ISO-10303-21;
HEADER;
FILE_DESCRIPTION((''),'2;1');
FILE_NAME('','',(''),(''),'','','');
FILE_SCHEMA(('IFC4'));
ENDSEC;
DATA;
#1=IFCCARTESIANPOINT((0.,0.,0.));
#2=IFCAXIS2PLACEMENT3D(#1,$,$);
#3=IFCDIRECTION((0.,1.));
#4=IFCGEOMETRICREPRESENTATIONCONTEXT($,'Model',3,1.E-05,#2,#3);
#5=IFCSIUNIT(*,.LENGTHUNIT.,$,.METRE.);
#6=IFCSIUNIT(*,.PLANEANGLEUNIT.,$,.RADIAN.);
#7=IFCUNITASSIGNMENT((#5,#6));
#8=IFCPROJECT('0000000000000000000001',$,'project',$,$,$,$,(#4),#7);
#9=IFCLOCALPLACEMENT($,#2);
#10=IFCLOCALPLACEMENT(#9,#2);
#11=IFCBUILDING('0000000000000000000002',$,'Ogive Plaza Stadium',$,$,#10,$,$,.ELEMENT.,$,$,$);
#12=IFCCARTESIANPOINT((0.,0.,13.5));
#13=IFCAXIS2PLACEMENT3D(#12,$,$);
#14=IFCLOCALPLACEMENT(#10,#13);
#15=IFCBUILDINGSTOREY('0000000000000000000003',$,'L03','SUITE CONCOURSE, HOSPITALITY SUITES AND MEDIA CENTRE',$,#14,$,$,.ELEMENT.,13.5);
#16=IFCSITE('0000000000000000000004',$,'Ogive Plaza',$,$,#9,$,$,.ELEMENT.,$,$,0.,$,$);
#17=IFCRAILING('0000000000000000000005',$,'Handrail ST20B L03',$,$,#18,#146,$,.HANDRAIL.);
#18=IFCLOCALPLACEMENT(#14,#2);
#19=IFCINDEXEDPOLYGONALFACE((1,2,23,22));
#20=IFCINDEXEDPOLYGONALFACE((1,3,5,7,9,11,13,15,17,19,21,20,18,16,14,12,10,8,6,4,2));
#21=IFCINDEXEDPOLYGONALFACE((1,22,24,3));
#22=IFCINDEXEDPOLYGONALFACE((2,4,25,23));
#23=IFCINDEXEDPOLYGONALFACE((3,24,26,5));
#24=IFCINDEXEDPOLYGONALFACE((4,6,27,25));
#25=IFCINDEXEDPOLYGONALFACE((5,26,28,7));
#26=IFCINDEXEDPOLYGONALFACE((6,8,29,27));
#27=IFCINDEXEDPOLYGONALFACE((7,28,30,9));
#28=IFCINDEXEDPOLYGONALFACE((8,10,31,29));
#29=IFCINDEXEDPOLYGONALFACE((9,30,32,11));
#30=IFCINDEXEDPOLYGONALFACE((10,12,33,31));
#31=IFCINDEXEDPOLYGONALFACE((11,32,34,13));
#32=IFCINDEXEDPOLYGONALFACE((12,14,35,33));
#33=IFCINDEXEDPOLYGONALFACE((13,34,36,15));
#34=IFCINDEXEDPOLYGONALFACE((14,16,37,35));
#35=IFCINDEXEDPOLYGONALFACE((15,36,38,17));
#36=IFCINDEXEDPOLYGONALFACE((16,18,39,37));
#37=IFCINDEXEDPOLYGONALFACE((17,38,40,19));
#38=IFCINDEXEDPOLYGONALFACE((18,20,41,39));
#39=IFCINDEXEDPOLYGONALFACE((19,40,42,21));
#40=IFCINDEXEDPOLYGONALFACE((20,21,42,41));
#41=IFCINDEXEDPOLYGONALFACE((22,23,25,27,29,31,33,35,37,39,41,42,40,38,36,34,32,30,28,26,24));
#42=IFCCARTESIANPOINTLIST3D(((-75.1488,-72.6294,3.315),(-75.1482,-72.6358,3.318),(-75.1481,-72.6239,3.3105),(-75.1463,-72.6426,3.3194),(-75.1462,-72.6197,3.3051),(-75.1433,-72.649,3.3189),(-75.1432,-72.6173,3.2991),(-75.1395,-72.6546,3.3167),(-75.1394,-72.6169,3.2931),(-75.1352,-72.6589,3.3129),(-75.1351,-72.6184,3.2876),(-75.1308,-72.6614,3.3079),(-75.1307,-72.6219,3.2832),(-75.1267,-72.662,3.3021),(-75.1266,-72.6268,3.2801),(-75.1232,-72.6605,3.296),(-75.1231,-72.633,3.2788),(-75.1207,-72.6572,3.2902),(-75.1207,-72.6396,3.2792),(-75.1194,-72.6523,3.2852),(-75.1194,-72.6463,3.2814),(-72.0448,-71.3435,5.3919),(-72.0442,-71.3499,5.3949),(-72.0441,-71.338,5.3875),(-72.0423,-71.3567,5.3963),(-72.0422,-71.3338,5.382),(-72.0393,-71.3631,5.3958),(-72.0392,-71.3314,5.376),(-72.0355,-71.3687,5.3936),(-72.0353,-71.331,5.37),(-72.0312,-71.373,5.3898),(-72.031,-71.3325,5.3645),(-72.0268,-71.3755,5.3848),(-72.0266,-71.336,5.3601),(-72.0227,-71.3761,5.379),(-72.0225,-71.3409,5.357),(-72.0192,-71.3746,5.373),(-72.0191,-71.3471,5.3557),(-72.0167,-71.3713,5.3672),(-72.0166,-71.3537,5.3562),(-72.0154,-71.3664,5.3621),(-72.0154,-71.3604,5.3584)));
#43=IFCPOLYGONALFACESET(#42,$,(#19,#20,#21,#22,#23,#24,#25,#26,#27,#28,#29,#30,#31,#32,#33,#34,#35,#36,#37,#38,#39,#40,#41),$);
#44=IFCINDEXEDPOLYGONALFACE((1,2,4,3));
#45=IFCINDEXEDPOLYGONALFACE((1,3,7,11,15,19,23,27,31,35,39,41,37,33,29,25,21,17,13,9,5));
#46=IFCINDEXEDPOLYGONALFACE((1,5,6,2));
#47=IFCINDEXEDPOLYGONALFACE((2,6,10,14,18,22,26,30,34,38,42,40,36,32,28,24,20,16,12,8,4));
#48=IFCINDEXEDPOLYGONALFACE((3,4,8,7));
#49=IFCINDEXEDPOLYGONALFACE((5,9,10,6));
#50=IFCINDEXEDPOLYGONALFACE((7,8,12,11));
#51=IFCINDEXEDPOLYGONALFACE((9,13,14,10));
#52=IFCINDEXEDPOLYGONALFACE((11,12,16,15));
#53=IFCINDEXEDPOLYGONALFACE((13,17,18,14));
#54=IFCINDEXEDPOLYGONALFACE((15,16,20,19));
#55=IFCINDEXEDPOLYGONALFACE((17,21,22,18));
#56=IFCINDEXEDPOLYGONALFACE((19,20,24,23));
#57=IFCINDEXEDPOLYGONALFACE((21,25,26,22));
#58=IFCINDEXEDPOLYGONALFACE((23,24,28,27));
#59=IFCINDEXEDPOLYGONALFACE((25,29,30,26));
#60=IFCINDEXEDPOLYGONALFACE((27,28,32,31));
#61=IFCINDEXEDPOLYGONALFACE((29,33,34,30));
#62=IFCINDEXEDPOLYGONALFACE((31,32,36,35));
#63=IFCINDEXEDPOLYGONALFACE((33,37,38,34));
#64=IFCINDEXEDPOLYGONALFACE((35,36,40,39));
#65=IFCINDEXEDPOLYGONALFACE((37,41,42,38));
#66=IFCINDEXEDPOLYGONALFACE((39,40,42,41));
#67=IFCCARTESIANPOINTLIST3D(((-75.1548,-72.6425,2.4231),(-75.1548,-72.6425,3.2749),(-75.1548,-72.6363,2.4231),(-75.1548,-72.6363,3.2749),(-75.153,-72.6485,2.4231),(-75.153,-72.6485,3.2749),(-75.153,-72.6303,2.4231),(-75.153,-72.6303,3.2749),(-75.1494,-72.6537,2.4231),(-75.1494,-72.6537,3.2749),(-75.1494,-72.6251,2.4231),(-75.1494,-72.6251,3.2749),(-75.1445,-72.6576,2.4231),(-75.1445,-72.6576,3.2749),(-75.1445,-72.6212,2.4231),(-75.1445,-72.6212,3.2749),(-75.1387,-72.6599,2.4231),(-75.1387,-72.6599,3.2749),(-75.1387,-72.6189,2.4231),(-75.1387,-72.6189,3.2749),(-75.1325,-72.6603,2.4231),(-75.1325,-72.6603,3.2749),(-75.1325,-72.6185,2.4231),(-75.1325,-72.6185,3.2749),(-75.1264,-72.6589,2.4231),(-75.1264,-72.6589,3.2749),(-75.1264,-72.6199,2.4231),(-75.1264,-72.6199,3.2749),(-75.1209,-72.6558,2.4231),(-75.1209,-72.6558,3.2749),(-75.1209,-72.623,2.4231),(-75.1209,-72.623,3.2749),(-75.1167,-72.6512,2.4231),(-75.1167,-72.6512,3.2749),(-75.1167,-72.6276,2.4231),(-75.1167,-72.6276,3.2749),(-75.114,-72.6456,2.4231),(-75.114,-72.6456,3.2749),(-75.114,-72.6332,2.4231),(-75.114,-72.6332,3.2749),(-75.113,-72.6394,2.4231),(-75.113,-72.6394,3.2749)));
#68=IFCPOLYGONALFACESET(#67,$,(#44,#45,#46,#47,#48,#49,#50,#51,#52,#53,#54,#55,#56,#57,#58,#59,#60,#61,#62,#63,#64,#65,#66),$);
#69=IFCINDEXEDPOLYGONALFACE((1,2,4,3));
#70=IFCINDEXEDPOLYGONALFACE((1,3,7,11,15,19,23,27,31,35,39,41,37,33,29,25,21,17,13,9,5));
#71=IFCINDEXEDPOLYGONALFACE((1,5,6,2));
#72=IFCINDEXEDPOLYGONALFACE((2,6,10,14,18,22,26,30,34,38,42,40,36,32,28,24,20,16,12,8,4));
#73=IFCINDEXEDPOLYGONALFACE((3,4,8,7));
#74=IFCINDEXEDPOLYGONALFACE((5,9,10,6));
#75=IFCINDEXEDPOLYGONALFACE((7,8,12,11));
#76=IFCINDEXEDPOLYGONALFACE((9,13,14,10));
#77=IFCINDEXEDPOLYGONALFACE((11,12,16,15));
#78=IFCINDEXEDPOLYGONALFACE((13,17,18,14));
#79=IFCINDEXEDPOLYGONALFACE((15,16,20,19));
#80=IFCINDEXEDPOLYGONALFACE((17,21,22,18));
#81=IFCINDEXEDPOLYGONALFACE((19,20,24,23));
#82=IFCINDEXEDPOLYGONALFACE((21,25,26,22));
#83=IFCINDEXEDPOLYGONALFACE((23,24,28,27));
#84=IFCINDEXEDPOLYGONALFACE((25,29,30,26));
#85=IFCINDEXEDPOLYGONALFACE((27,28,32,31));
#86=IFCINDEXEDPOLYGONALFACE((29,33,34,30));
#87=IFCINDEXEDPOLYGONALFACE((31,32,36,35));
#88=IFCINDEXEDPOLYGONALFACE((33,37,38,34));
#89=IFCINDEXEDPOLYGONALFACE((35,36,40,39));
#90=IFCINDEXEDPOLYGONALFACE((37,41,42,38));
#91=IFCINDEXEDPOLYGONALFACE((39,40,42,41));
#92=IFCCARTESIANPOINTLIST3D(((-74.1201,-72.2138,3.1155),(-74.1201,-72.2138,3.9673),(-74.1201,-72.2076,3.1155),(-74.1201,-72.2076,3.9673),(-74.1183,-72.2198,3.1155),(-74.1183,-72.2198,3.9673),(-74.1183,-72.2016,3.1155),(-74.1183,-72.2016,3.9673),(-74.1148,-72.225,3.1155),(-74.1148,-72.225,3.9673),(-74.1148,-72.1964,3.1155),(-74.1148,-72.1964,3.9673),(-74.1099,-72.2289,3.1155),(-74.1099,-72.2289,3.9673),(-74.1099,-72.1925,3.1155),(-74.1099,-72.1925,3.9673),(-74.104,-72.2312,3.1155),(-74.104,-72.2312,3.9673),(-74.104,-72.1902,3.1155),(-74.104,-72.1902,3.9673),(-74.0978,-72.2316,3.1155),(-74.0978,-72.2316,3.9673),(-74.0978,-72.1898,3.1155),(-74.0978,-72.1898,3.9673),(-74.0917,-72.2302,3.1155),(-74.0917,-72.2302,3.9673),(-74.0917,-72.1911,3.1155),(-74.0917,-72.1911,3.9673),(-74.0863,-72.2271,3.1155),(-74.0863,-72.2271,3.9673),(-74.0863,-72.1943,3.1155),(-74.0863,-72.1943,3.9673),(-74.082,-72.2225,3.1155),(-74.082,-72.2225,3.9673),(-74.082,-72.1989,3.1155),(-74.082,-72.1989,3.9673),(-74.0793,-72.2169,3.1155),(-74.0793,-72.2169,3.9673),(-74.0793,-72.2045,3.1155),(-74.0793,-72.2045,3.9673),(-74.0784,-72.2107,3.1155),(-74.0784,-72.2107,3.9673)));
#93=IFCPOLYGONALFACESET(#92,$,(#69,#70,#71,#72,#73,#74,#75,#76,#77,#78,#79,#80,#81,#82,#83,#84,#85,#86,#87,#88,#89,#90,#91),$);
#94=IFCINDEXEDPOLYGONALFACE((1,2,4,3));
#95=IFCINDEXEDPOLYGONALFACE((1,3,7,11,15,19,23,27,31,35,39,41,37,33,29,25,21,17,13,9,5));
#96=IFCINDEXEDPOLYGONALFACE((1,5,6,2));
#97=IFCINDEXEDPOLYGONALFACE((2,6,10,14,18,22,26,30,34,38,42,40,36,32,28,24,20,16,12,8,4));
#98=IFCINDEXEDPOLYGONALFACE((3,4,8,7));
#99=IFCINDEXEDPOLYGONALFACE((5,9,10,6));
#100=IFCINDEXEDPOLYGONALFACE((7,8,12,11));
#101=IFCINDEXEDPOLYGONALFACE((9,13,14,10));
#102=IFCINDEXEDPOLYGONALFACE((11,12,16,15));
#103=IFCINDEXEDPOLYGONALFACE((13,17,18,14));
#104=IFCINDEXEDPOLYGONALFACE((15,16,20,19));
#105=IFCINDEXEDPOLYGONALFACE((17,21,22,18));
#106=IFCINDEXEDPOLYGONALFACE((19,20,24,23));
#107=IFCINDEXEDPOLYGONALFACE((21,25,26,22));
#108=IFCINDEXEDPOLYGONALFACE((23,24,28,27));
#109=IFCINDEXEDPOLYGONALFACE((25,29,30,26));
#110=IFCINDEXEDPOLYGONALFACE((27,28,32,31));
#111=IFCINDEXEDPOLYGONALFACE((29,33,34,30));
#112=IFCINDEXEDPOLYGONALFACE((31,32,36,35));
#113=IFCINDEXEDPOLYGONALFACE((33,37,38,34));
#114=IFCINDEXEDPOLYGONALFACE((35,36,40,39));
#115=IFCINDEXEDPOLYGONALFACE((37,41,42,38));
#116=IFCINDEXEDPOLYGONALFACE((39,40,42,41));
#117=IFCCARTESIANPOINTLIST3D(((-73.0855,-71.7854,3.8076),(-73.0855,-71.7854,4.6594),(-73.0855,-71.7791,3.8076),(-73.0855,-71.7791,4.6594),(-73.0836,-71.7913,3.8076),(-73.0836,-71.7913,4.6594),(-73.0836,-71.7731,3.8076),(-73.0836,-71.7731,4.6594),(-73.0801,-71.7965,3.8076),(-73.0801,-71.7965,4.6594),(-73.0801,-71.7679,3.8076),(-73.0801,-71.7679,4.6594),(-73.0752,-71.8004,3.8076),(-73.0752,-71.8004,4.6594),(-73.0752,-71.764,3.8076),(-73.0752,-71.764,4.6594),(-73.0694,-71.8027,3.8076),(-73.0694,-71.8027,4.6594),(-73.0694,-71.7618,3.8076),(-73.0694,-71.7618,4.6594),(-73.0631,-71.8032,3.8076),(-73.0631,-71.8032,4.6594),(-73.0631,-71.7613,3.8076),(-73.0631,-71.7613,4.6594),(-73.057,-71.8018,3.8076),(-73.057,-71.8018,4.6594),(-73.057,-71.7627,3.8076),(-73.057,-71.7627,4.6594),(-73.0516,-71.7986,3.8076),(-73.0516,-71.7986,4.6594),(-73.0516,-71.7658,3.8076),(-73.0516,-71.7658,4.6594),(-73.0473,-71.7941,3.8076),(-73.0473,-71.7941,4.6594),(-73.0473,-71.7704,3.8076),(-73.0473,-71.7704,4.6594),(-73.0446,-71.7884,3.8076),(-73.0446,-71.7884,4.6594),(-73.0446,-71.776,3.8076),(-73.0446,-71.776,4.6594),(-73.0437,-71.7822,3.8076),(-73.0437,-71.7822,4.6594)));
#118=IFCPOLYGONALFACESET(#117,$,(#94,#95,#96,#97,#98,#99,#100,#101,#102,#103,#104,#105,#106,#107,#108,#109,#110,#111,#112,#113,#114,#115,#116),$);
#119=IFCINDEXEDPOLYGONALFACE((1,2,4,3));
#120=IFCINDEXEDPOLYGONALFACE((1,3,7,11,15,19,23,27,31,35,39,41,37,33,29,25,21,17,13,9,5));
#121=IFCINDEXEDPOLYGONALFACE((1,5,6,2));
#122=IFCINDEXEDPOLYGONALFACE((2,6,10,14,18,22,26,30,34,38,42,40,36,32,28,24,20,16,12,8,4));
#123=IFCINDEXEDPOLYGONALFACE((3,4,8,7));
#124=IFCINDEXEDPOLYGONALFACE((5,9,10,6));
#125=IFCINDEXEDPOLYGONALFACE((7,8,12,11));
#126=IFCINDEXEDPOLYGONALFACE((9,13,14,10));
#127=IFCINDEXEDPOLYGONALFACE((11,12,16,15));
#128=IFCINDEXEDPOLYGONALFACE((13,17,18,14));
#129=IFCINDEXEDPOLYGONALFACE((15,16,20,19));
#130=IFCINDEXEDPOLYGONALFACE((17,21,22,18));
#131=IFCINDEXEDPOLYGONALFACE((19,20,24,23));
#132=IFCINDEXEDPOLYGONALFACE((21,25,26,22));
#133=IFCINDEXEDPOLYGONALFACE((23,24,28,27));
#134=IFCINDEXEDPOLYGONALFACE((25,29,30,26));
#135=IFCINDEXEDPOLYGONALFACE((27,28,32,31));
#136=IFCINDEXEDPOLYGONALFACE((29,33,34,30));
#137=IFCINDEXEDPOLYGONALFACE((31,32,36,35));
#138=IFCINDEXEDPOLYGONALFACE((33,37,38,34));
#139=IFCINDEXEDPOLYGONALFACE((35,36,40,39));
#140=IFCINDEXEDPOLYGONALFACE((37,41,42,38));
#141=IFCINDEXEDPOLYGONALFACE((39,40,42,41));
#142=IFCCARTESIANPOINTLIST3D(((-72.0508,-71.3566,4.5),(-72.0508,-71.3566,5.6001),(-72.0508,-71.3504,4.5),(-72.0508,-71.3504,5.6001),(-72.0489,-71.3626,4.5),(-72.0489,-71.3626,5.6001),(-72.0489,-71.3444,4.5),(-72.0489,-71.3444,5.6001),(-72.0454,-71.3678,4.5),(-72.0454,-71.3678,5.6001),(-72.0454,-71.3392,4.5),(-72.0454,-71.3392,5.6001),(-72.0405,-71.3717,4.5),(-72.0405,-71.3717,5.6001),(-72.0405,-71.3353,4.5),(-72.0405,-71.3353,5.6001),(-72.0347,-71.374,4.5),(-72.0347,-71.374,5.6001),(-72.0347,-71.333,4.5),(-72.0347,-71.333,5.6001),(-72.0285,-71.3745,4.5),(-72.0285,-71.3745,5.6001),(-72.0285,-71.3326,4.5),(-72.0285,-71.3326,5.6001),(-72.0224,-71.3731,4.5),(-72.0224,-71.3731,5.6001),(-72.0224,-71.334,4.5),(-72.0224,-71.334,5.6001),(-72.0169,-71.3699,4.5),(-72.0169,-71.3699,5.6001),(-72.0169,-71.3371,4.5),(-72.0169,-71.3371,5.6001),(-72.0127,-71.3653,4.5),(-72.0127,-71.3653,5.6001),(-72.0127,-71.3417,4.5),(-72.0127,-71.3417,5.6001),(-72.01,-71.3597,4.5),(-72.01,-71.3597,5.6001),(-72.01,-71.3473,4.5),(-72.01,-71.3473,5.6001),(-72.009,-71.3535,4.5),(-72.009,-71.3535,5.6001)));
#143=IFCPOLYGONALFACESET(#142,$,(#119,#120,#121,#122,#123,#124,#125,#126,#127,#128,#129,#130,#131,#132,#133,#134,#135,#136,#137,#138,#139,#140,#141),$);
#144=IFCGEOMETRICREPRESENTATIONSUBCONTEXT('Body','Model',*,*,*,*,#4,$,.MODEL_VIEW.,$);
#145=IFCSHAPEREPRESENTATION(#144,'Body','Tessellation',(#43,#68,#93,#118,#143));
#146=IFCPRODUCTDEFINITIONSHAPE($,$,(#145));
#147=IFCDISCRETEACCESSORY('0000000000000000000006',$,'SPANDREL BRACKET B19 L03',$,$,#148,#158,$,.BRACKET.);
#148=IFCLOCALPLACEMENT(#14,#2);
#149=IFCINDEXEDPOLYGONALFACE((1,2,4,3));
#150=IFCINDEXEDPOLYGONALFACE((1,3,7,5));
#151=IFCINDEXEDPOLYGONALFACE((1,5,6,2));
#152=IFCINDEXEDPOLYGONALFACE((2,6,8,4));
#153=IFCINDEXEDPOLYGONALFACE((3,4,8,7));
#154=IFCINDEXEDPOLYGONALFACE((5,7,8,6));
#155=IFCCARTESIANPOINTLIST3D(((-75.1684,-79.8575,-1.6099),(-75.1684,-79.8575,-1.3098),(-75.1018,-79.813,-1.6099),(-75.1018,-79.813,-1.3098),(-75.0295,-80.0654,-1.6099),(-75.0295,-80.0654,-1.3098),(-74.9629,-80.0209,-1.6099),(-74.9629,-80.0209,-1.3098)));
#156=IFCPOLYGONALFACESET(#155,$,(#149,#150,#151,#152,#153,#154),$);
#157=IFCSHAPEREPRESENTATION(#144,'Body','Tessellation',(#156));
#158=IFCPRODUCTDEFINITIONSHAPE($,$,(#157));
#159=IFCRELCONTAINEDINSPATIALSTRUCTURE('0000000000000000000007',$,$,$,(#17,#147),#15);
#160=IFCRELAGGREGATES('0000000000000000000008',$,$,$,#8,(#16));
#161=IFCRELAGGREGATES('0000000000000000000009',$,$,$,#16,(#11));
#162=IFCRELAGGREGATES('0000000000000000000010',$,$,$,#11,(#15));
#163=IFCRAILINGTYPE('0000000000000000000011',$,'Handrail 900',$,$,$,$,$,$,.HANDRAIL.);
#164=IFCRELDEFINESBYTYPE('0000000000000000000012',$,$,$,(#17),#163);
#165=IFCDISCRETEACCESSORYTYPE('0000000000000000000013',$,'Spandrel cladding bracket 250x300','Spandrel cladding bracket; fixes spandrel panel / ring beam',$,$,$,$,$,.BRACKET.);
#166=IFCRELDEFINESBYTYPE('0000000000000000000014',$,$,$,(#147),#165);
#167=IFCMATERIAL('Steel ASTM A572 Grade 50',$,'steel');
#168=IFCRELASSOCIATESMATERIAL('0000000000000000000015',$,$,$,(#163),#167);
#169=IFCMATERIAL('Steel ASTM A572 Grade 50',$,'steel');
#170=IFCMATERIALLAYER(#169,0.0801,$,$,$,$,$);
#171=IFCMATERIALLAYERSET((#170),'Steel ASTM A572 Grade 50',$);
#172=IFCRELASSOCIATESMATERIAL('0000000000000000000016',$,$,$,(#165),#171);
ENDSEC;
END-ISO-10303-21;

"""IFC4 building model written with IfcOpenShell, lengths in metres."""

from ifc_helpers import new_model, si_unit, direction, frame, origin, origin_2d, place, context, subcontext, project, spatial, rectangle, circle, extrude, material, layer, layer_set, type_object, element, save


model = new_model("IFC4")

# Units and contexts
model_context = context("Model", 3, precision=1e-05, world=origin(), true_north=direction((0.0, 1.0)))
body_context = subcontext(model_context, "Body", "Model", "MODEL_VIEW")
ifc_project = project(units=[si_unit("LENGTHUNIT", "METRE"), si_unit("PLANEANGLEUNIT", "RADIAN")], contexts=[model_context])

# Site, building, storey
site_placement = place(None, origin())
site = spatial("IfcSite", under=ifc_project, at=site_placement, Name="Ogive Plaza", CompositionType="ELEMENT", RefElevation=0.0)
building_placement = place(site_placement, origin())
building = spatial("IfcBuilding", under=site, at=building_placement, Name="Ogive Plaza Stadium", CompositionType="ELEMENT")
storey_placement = place(building_placement, frame((0.0, 0.0, 13.5)))
storey = spatial("IfcBuildingStorey", under=building, at=storey_placement, Name="L03", Description="SUITE CONCOURSE, HOSPITALITY SUITES AND MEDIA CENTRE", CompositionType="ELEMENT", Elevation=13.5)

# Railing
ifc_material_1 = material(Name="Steel ASTM A572 Grade 50", Category="steel")
railing_type_1 = type_object("IfcRailingType", Name="Handrail 900", PredefinedType="HANDRAIL", material=ifc_material_1)
railing_1_placement = place(storey_placement, frame((-75.134, -72.6394, 2.4231)))
element("IfcRailing", 1, at=railing_1_placement, inside=storey, type_object=railing_type_1, Name="Handrail ST20B L03", PredefinedType="HANDRAIL", context=body_context, shape_type="SweptSolid", body=[
    extrude(circle(Radius=0.0239, at=origin_2d()), frame((0.0, 0.0, 0.876), z_axis=(0.785839, 0.325548, 0.525809), x_axis=(-0.382726, 0.923862, 0.0)), (0.0, 0.0, 1.0), 3.95),
    extrude(circle(Radius=0.021, at=origin_2d()), origin(), (0.0, 0.0, 1.0), 0.8518),
    extrude(circle(Radius=0.021, at=origin_2d()), frame((1.0347, 0.4287, 0.6924)), (0.0, 0.0, 1.0), 0.8518),
    extrude(circle(Radius=0.021, at=origin_2d()), frame((2.0693, 0.8572, 1.3845)), (0.0, 0.0, 1.0), 0.8518),
    extrude(circle(Radius=0.021, at=origin_2d()), frame((3.104, 1.2859, 2.0769)), (0.0, 0.0, 1.0), 1.1001),
])

# Discrete accessory
ifc_material_2 = material(Name="Steel ASTM A572 Grade 50", Category="steel")
ifc_layer_1 = layer(ifc_material_2, 0.0801)
ifc_layer_set_1 = layer_set([ifc_layer_1], Name="Steel ASTM A572 Grade 50")
discrete_accessory_type = type_object("IfcDiscreteAccessoryType", Name="Spandrel cladding bracket 250x300", Description="Spandrel cladding bracket; fixes spandrel panel / ring beam", PredefinedType="BRACKET", material=ifc_layer_set_1)
discrete_accessory_placement = place(storey_placement, frame((-75.0657, -79.9392, -1.6099), z_axis=(0.0, 0.0, 1.0), x_axis=(-0.55557, 0.83147, 0.0)))
element("IfcDiscreteAccessory", 2, at=discrete_accessory_placement, inside=storey, type_object=discrete_accessory_type, Name="SPANDREL BRACKET B19 L03", PredefinedType="BRACKET", context=body_context, shape_type="SweptSolid", body=[
    extrude(rectangle(XDim=0.25, YDim=0.0801, at=origin_2d()), origin(), (0.0, 0.0, 1.0), 0.3),
])

save(model, "model.ifc")
